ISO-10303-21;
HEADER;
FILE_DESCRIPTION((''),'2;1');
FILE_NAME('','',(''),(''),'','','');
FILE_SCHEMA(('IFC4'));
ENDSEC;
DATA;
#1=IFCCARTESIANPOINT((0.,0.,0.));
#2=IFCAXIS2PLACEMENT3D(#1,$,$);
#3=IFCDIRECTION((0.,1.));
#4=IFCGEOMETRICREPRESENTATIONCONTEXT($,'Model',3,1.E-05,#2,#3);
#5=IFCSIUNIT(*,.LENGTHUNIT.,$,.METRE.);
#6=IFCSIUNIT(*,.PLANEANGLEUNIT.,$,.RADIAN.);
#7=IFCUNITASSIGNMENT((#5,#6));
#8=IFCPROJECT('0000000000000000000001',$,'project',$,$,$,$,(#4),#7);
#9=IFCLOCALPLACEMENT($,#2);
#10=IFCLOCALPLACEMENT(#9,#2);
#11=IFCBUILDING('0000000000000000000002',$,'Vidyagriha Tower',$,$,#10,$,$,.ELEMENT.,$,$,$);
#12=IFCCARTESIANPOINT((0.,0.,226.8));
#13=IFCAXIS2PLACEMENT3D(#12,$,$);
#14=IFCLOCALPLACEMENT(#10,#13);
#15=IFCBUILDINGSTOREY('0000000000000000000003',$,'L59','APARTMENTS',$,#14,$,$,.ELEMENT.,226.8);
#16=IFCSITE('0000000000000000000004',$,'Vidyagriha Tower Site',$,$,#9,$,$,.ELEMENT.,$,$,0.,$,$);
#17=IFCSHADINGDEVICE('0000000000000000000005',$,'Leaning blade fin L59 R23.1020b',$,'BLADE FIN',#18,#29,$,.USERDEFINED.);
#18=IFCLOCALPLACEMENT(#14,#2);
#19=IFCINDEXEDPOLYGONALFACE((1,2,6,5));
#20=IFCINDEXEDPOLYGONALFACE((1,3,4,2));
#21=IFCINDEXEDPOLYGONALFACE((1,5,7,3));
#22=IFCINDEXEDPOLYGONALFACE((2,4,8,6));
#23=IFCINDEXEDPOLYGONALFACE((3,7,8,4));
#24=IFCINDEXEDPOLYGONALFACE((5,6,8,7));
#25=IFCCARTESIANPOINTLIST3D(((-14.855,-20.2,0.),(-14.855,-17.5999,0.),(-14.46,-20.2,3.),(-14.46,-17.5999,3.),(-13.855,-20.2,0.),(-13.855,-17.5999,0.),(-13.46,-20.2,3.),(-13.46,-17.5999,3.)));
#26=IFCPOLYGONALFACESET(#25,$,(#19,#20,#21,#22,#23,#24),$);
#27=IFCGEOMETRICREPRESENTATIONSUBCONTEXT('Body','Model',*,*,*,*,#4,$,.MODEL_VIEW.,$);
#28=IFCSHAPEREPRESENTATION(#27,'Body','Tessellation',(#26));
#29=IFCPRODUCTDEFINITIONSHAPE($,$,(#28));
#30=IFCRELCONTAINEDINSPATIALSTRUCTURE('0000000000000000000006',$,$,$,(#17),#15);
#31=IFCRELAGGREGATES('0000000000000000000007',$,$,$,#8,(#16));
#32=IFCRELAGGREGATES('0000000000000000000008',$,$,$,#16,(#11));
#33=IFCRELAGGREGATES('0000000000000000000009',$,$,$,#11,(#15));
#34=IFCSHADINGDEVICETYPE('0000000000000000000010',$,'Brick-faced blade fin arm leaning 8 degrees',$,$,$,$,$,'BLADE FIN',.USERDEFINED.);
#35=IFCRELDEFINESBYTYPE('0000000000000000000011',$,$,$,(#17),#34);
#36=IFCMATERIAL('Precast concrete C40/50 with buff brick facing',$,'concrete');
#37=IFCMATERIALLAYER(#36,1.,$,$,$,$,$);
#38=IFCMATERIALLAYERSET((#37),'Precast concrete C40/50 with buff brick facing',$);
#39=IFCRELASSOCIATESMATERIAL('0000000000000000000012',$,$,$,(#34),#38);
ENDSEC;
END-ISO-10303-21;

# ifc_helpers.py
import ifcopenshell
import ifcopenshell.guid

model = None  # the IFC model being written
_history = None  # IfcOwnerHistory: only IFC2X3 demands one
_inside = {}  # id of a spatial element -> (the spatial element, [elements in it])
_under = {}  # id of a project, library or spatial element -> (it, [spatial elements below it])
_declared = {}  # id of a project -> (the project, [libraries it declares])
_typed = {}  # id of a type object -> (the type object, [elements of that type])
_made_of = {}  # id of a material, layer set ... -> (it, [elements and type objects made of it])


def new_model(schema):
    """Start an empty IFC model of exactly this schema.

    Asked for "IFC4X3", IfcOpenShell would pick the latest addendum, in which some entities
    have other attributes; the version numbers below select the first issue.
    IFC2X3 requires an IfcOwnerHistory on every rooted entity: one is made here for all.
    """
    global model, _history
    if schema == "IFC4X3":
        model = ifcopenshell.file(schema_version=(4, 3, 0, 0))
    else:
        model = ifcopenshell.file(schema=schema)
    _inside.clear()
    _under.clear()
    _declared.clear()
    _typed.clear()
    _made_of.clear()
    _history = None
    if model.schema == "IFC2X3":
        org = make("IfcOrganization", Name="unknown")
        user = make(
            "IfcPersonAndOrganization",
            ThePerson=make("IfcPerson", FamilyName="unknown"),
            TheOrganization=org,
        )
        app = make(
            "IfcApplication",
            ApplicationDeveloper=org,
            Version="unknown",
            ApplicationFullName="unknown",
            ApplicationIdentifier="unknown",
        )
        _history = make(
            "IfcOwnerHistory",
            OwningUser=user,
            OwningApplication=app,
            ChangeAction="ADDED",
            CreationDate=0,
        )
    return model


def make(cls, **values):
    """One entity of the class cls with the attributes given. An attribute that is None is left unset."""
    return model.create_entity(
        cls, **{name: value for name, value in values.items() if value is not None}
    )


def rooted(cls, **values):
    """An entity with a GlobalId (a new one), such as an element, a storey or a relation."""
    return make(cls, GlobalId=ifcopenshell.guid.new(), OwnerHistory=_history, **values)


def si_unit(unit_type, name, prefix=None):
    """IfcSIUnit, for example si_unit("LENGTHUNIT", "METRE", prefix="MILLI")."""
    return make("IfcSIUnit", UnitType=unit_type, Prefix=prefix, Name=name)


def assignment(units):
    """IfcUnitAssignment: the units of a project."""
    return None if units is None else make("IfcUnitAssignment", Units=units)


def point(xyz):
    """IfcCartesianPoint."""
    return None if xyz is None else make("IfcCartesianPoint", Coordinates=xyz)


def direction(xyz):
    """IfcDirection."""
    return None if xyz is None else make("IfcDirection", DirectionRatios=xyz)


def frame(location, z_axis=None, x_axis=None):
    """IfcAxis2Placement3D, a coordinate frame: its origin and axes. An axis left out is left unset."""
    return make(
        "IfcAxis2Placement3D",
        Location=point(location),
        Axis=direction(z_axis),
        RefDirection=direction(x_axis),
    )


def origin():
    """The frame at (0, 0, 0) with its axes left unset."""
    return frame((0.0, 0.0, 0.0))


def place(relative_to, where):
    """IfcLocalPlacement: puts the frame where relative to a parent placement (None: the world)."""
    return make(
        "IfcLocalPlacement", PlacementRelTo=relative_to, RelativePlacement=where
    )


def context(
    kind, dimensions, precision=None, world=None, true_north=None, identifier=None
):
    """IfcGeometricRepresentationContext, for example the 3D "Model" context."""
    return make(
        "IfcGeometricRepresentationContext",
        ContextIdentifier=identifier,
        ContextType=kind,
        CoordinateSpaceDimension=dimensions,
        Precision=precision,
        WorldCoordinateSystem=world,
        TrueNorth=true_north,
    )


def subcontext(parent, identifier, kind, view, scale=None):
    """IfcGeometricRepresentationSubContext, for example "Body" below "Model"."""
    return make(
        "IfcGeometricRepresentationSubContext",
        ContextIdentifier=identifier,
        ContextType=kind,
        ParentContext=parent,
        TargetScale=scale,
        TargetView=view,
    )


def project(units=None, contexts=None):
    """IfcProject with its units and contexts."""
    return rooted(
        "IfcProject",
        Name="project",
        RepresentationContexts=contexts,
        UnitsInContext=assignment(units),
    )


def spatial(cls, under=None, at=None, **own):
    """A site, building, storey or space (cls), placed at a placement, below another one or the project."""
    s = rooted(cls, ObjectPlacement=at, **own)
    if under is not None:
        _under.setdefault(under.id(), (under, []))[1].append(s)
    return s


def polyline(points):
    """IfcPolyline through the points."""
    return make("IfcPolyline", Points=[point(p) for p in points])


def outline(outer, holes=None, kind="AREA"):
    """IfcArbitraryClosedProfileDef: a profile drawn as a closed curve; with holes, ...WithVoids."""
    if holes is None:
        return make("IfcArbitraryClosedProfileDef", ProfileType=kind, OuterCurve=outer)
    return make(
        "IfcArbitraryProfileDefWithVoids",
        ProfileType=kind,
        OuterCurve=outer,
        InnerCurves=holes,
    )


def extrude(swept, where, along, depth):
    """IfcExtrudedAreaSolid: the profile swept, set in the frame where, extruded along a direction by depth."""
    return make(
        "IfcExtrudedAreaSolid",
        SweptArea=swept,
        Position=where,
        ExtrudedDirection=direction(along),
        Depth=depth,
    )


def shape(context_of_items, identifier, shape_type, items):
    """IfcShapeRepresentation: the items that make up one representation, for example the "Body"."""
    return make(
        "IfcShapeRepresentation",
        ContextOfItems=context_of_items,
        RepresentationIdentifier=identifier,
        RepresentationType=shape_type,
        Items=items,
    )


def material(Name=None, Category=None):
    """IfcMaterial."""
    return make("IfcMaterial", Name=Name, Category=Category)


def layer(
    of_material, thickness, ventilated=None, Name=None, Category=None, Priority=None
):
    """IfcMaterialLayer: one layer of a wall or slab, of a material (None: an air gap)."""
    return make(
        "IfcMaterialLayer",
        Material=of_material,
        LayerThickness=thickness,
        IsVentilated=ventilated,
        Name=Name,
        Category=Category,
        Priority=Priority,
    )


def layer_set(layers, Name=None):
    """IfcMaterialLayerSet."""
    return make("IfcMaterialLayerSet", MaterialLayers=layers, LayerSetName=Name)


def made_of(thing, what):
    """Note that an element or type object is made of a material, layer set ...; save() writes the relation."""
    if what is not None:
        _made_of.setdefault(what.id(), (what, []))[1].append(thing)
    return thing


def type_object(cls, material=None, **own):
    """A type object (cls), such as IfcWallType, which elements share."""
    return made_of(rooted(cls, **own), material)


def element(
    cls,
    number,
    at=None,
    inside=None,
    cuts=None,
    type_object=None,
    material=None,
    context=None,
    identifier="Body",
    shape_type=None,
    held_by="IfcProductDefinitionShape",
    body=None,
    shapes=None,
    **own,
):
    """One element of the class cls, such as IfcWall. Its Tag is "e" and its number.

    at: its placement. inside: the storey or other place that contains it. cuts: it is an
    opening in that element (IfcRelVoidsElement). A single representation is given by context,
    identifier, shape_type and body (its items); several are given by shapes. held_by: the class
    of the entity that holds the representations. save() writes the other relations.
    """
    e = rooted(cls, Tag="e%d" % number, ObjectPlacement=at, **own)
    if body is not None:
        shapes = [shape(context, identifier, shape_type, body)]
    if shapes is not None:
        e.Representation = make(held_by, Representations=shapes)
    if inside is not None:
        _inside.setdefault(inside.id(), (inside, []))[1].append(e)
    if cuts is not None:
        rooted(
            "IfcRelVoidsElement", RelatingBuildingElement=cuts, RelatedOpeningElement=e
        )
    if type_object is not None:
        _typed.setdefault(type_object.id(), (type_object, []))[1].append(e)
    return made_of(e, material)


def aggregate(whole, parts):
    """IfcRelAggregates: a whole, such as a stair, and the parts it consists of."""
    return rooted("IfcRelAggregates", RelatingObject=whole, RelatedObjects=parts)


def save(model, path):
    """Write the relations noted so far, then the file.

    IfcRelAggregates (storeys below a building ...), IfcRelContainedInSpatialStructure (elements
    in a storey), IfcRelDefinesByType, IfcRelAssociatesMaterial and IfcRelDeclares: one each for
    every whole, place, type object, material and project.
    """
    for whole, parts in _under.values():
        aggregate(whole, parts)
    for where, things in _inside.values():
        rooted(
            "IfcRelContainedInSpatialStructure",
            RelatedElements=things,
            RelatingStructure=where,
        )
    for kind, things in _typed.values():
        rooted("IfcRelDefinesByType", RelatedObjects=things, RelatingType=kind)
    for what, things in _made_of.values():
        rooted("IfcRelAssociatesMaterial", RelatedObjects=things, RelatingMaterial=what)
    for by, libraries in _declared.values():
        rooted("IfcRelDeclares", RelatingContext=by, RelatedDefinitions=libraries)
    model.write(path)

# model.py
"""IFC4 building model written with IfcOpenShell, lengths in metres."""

from ifc_helpers import new_model, si_unit, direction, frame, origin, place, context, subcontext, project, spatial, polyline, outline, extrude, material, layer, layer_set, type_object, element, save


model = new_model("IFC4")

# Units and contexts
model_context = context("Model", 3, precision=1e-05, world=origin(), true_north=direction((0.0, 1.0)))
body_context = subcontext(model_context, "Body", "Model", "MODEL_VIEW")
ifc_project = project(units=[si_unit("LENGTHUNIT", "METRE"), si_unit("PLANEANGLEUNIT", "RADIAN")], contexts=[model_context])

# Site, building, storey
site_placement = place(None, origin())
site = spatial("IfcSite", under=ifc_project, at=site_placement, Name="Vidyagriha Tower Site", CompositionType="ELEMENT", RefElevation=0.0)
building_placement = place(site_placement, origin())
building = spatial("IfcBuilding", under=site, at=building_placement, Name="Vidyagriha Tower", CompositionType="ELEMENT")
storey_placement = place(building_placement, frame((0.0, 0.0, 226.8)))
storey = spatial("IfcBuildingStorey", under=building, at=storey_placement, Name="L59", Description="APARTMENTS", CompositionType="ELEMENT", Elevation=226.8)

# Shading device
ifc_material_1 = material(Name="Precast concrete C40/50 with buff brick facing", Category="concrete")
ifc_layer_1 = layer(ifc_material_1, 1.0)
ifc_layer_set_1 = layer_set([ifc_layer_1], Name="Precast concrete C40/50 with buff brick facing")
shading_device_type = type_object("IfcShadingDeviceType", Name="Brick-faced blade fin arm leaning 8 degrees", ElementType="BLADE FIN", PredefinedType="USERDEFINED", material=ifc_layer_set_1)
shading_device_1_placement = place(storey_placement, frame((-14.855, -18.8999, 0.0)))
element("IfcShadingDevice", 1, at=shading_device_1_placement, inside=storey, type_object=shading_device_type, Name="Leaning blade fin L59 R23.1020b", ObjectType="BLADE FIN", PredefinedType="USERDEFINED", context=body_context, shape_type="SweptSolid", body=[
    extrude(outline(polyline([(0.0, 0.0), (1.0, 0.0), (1.395, 3.0), (0.395, 3.0), (0.0, 0.0)])), frame((0.0, 1.3, 0.0), z_axis=(0.0, -1.0, 0.0), x_axis=(1.0, 0.0, 0.0)), (0.0, 0.0, 1.0), 2.6001),
])

save(model, "model.ifc")
